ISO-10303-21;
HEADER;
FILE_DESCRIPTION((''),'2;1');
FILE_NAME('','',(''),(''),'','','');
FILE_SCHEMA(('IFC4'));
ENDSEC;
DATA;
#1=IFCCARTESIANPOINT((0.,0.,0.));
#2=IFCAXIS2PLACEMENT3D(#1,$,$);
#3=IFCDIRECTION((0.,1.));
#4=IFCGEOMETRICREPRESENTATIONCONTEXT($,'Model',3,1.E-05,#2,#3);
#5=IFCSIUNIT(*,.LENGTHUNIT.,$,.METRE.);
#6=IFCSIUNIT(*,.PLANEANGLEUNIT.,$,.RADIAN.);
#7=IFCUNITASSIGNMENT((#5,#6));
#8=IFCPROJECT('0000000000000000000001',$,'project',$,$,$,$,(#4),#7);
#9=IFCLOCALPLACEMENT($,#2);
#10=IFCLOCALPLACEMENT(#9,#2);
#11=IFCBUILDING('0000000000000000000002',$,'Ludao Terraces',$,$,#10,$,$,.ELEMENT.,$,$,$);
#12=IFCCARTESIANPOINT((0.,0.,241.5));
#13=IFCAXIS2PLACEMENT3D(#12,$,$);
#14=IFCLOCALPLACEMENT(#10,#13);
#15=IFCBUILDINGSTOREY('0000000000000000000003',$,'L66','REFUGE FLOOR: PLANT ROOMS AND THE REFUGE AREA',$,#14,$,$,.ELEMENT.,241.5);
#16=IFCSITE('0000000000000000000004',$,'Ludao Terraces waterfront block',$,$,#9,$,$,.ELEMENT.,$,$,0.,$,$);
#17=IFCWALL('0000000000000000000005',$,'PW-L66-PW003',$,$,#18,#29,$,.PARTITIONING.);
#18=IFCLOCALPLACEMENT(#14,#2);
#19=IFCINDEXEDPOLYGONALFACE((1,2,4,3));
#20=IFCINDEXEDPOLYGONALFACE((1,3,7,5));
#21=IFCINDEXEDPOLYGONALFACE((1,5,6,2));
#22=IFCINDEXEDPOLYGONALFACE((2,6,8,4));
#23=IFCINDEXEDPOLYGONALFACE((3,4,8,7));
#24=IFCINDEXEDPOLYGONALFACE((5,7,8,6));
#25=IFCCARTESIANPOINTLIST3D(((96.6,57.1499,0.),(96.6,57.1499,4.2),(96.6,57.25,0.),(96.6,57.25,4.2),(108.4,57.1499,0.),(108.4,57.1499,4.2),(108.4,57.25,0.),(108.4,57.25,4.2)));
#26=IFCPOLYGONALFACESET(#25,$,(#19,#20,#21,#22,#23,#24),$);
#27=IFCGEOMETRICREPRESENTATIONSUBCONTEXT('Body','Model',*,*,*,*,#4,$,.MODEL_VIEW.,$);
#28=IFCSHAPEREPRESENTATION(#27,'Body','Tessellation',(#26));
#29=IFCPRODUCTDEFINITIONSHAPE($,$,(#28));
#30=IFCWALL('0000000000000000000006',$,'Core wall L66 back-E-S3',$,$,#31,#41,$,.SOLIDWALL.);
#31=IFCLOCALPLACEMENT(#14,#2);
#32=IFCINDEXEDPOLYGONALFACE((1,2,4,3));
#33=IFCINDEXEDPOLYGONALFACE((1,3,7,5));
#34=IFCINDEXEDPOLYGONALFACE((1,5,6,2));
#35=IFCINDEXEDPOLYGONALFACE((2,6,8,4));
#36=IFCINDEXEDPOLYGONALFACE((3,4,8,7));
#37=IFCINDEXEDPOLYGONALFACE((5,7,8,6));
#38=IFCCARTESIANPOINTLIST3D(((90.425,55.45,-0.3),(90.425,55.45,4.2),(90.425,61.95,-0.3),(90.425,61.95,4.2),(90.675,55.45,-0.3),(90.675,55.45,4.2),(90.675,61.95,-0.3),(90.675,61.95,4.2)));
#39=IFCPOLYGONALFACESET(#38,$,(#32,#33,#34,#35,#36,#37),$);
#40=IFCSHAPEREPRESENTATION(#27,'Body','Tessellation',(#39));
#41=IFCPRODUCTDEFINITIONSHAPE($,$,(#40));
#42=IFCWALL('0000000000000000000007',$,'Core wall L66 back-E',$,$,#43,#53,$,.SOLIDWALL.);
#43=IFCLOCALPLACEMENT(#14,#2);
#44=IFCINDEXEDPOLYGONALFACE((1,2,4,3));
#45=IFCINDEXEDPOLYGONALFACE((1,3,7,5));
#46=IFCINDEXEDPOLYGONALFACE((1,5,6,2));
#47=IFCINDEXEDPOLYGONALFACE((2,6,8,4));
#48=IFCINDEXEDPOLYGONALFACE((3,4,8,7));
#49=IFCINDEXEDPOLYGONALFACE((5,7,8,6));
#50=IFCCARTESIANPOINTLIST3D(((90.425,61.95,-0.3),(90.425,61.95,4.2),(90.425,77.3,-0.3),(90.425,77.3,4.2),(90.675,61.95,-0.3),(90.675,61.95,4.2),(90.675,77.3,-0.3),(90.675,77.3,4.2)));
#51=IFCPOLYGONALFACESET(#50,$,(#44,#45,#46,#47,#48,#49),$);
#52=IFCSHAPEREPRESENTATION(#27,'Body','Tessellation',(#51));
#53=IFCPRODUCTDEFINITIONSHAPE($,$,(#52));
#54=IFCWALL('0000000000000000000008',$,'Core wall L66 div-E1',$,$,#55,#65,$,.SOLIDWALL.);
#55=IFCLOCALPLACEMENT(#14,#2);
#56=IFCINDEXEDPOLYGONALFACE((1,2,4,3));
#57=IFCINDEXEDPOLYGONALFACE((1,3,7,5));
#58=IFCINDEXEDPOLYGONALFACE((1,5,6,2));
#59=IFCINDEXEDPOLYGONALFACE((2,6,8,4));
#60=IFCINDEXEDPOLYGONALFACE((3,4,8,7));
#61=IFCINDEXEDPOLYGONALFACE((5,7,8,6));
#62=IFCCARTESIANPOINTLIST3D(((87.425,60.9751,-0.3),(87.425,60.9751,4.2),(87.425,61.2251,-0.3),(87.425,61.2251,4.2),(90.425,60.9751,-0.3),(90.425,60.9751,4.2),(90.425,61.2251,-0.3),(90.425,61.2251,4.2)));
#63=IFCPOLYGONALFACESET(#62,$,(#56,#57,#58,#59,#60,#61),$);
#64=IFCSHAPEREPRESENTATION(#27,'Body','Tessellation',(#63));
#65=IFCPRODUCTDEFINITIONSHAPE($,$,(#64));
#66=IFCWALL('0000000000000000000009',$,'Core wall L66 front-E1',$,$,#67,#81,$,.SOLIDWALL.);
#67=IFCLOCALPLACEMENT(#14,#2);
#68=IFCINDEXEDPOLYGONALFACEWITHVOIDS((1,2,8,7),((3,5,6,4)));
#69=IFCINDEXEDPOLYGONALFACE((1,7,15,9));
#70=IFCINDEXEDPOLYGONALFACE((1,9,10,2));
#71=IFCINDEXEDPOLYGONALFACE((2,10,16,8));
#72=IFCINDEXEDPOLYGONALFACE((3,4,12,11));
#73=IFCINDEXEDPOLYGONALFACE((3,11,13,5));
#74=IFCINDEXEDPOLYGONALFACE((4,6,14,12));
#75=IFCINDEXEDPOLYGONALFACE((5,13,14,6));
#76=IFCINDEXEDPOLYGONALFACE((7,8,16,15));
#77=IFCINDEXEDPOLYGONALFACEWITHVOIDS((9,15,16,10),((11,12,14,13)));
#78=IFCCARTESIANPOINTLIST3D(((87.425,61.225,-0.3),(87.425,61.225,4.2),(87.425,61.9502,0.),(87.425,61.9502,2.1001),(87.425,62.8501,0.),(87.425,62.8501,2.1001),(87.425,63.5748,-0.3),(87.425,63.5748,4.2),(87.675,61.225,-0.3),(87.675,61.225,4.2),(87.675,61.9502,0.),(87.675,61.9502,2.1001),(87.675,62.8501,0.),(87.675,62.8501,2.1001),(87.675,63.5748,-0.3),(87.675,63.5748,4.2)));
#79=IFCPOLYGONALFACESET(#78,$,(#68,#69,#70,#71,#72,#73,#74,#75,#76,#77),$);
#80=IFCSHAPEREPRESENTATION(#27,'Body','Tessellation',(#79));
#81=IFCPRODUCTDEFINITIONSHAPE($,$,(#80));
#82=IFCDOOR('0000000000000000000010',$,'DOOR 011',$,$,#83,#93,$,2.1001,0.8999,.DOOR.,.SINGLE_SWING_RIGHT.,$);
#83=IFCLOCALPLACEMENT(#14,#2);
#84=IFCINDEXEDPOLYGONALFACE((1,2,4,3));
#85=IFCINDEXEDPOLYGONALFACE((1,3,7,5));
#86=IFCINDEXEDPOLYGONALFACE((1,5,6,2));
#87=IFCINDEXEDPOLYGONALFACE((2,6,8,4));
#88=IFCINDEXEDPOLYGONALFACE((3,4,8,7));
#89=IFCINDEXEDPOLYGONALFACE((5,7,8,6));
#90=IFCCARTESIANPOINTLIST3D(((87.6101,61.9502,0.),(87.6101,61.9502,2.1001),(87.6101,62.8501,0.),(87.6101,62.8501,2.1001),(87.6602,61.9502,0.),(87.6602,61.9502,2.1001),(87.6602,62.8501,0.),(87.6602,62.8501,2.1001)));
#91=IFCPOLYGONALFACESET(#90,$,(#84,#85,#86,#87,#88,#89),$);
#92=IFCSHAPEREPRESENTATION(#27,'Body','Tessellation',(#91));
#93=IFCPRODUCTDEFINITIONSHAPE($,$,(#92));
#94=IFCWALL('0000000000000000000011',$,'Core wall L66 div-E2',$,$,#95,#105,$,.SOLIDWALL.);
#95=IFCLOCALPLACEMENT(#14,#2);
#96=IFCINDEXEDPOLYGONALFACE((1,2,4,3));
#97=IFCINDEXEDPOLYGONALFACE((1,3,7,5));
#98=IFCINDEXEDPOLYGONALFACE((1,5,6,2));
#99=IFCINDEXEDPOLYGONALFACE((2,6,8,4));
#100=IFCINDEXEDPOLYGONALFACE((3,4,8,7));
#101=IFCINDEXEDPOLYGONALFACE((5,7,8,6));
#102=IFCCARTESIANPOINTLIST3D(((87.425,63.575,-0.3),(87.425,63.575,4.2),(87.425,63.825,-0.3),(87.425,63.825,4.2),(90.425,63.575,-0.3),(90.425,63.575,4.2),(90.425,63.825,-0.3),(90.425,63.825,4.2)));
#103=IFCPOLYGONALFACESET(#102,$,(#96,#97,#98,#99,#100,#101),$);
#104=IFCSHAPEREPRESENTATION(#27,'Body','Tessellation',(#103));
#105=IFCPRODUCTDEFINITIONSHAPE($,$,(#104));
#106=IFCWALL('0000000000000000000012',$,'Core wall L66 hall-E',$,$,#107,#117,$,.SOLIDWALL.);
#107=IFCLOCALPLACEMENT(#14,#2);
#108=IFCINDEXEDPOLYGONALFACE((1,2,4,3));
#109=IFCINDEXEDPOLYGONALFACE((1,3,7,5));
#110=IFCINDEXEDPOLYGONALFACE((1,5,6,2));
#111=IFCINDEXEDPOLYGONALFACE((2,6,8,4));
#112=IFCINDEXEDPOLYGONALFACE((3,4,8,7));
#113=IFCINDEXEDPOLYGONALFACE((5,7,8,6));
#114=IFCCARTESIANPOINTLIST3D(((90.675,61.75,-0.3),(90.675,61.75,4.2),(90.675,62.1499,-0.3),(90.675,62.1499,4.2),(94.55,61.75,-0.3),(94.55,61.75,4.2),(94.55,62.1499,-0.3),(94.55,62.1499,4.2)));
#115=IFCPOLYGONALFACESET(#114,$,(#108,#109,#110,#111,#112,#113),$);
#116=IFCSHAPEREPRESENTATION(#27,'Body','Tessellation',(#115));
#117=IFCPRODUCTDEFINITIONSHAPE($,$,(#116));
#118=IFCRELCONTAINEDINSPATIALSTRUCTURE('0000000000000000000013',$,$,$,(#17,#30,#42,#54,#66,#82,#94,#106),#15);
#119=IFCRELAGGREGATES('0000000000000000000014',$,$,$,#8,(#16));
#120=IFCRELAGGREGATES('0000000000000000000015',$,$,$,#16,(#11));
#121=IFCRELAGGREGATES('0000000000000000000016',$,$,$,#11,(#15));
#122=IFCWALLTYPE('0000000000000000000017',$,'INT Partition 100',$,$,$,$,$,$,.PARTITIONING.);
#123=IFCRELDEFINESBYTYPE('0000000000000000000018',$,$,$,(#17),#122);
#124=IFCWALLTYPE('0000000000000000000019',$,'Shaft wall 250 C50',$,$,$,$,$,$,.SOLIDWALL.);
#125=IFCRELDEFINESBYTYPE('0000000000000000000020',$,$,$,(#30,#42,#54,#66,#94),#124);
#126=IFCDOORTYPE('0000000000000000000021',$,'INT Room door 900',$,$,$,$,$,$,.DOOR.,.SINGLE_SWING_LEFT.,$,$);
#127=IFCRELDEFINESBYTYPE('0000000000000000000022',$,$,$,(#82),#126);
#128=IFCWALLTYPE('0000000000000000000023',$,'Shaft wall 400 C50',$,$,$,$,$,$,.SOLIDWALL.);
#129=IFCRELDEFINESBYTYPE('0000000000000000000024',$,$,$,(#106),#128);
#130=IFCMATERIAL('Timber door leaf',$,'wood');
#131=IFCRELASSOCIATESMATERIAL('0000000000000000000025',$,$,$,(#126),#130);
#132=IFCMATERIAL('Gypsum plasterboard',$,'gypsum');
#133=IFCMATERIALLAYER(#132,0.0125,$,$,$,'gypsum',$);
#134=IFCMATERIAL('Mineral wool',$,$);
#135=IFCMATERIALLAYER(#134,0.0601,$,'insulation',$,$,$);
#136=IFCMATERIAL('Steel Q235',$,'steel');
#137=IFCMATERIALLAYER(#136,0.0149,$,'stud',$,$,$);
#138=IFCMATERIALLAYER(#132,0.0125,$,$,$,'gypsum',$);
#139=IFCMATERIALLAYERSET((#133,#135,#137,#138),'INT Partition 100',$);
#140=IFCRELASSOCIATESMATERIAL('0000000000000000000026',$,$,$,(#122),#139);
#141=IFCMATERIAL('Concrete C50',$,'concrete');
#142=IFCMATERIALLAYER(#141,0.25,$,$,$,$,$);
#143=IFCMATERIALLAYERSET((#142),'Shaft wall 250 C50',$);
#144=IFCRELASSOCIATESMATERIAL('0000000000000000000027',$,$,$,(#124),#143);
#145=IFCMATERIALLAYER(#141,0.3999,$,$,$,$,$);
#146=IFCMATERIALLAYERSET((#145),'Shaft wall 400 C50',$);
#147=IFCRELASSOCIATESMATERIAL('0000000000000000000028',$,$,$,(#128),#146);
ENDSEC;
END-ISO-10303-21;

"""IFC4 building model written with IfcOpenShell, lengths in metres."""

from ifc_helpers import new_model, si_unit, direction, frame, frame_2d, origin, place, context, subcontext, project, spatial, rectangle, extrude, material, layer, layer_set, type_object, element, fill, save


model = new_model("IFC4")

# Units and contexts
model_context = context("Model", 3, precision=1e-05, world=origin(), true_north=direction((0.0, 1.0)))
body_context = subcontext(model_context, "Body", "Model", "MODEL_VIEW")
ifc_project = project(units=[si_unit("LENGTHUNIT", "METRE"), si_unit("PLANEANGLEUNIT", "RADIAN")], contexts=[model_context])

# Site, building, storey
site_placement = place(None, origin())
site = spatial("IfcSite", under=ifc_project, at=site_placement, Name="Ludao Terraces waterfront block", CompositionType="ELEMENT", RefElevation=0.0)
building_placement = place(site_placement, origin())
building = spatial("IfcBuilding", under=site, at=building_placement, Name="Ludao Terraces", CompositionType="ELEMENT")
storey_placement = place(building_placement, frame((0.0, 0.0, 241.5)))
storey = spatial("IfcBuildingStorey", under=building, at=storey_placement, Name="L66", Description="REFUGE FLOOR: PLANT ROOMS AND THE REFUGE AREA", CompositionType="ELEMENT", Elevation=241.5)

# Shared definitions
ifc_material_1 = material(Name="Concrete C50", Category="concrete")
ifc_material_2 = material(Name="Steel Q235", Category="steel")
ifc_material_3 = material(Name="Timber door leaf", Category="wood")
door_type_1 = type_object("IfcDoorType", Name="INT Room door 900", OperationType="SINGLE_SWING_LEFT", PredefinedType="DOOR", material=ifc_material_3)

# Shared definitions
ifc_material_4 = material(Name="Mineral wool")

# Walls
ifc_material_5 = material(Name="Gypsum plasterboard", Category="gypsum")
ifc_layer_1 = layer(ifc_material_5, 0.0125, Category="gypsum")
ifc_layer_2 = layer(ifc_material_4, 0.0601, Name="insulation")
ifc_layer_3 = layer(ifc_material_2, 0.0149, Name="stud")
ifc_layer_4 = layer(ifc_material_5, 0.0125, Category="gypsum")
ifc_layer_set_1 = layer_set([ifc_layer_1, ifc_layer_2, ifc_layer_3, ifc_layer_4], Name="INT Partition 100")
wall_type_1 = type_object("IfcWallType", Name="INT Partition 100", PredefinedType="PARTITIONING", material=ifc_layer_set_1)
wall_1_placement = place(storey_placement, frame((96.6001, 57.2, 0.0), z_axis=(0.0, 0.0, 1.0), x_axis=(1.0, 0.0, 0.0)))
element("IfcWall", 1, at=wall_1_placement, inside=storey, type_object=wall_type_1, Name="PW-L66-PW003", PredefinedType="PARTITIONING", context=body_context, shape_type="SweptSolid", body=[
    extrude(rectangle(XDim=11.8, YDim=0.1001, at=frame_2d((5.8999, 0.0))), origin(), (0.0, 0.0, 1.0), 4.2),
])
ifc_layer_5 = layer(ifc_material_1, 0.25)
ifc_layer_set_2 = layer_set([ifc_layer_5], Name="Shaft wall 250 C50")
wall_type_2 = type_object("IfcWallType", Name="Shaft wall 250 C50", PredefinedType="SOLIDWALL", material=ifc_layer_set_2)
wall_2_placement = place(storey_placement, frame((90.55, 55.45, -0.3), z_axis=(0.0, 0.0, 1.0), x_axis=(0.0, 1.0, 0.0)))
element("IfcWall", 2, at=wall_2_placement, inside=storey, type_object=wall_type_2, Name="Core wall L66 back-E-S3", PredefinedType="SOLIDWALL", context=body_context, shape_type="SweptSolid", body=[
    extrude(rectangle(XDim=6.5, YDim=0.25, at=frame_2d((3.25, 0.0))), origin(), (0.0, 0.0, 1.0), 4.5),
])
wall_3_placement = place(storey_placement, frame((90.55, 61.95, -0.3), z_axis=(0.0, 0.0, 1.0), x_axis=(0.0, 1.0, 0.0)))
element("IfcWall", 3, at=wall_3_placement, inside=storey, type_object=wall_type_2, Name="Core wall L66 back-E", PredefinedType="SOLIDWALL", context=body_context, shape_type="SweptSolid", body=[
    extrude(rectangle(XDim=15.3501, YDim=0.25, at=frame_2d((7.675, 0.0))), origin(), (0.0, 0.0, 1.0), 4.5),
])
wall_4_placement = place(storey_placement, frame((87.425, 61.1001, -0.3), z_axis=(0.0, 0.0, 1.0), x_axis=(1.0, 0.0, 0.0)))
element("IfcWall", 4, at=wall_4_placement, inside=storey, type_object=wall_type_2, Name="Core wall L66 div-E1", PredefinedType="SOLIDWALL", context=body_context, shape_type="SweptSolid", body=[
    extrude(rectangle(XDim=3.0, YDim=0.25, at=frame_2d((1.5, 0.0))), origin(), (0.0, 0.0, 1.0), 4.5),
])

# Wall, opening, door
wall_5_placement = place(storey_placement, frame((87.55, 61.2251, -0.3), z_axis=(0.0, 0.0, 1.0), x_axis=(0.0, 1.0, 0.0)))
wall_5 = element("IfcWall", 5, at=wall_5_placement, inside=storey, type_object=wall_type_2, Name="Core wall L66 front-E1", PredefinedType="SOLIDWALL", context=body_context, shape_type="SweptSolid", body=[
    extrude(rectangle(XDim=2.3499, YDim=0.25, at=frame_2d((1.1748, 0.0))), origin(), (0.0, 0.0, 1.0), 4.5),
])
opening_1_placement = place(wall_5_placement, frame((0.7251, 0.0, 0.3)))
opening_1 = element("IfcOpeningElement", 6, at=opening_1_placement, cuts=wall_5, PredefinedType="OPENING", context=body_context, shape_type="SweptSolid", body=[
    extrude(rectangle(XDim=0.8999, YDim=2.1001, at=frame_2d((0.45, 1.05))), frame((0.0, 0.135, 0.0), z_axis=(0.0, -1.0, 0.0), x_axis=(1.0, 0.0, 0.0)), (0.0, 0.0, 1.0), 0.27),
])
door_1_placement = place(opening_1_placement, origin())
door_1 = element("IfcDoor", 7, at=door_1_placement, inside=storey, type_object=door_type_1, Name="DOOR 011", OperationType="SINGLE_SWING_RIGHT", OverallHeight=2.1001, OverallWidth=0.8999, PredefinedType="DOOR", context=body_context, shape_type="SweptSolid", body=[
    extrude(rectangle(XDim=0.8999, YDim=2.1001, at=frame_2d((0.45, 1.05))), frame((0.0, -0.0601, 0.0), z_axis=(0.0, -1.0, 0.0), x_axis=(1.0, 0.0, 0.0)), (0.0, 0.0, 1.0), 0.05),
])
fill(opening_1, door_1)

# Walls
wall_6_placement = place(storey_placement, frame((87.425, 63.7, -0.3), z_axis=(0.0, 0.0, 1.0), x_axis=(1.0, 0.0, 0.0)))
element("IfcWall", 8, at=wall_6_placement, inside=storey, type_object=wall_type_2, Name="Core wall L66 div-E2", PredefinedType="SOLIDWALL", context=body_context, shape_type="SweptSolid", body=[
    extrude(rectangle(XDim=3.0, YDim=0.25, at=frame_2d((1.5, 0.0))), origin(), (0.0, 0.0, 1.0), 4.5),
])
ifc_layer_6 = layer(ifc_material_1, 0.3999)
ifc_layer_set_3 = layer_set([ifc_layer_6], Name="Shaft wall 400 C50")
wall_type_3 = type_object("IfcWallType", Name="Shaft wall 400 C50", PredefinedType="SOLIDWALL", material=ifc_layer_set_3)
wall_7_placement = place(storey_placement, frame((90.675, 61.95, -0.3), z_axis=(0.0, 0.0, 1.0), x_axis=(1.0, 0.0, 0.0)))
element("IfcWall", 9, at=wall_7_placement, inside=storey, type_object=wall_type_3, Name="Core wall L66 hall-E", PredefinedType="SOLIDWALL", context=body_context, shape_type="SweptSolid", body=[
    extrude(rectangle(XDim=3.875, YDim=0.3999, at=frame_2d((1.9375, 0.0))), origin(), (0.0, 0.0, 1.0), 4.5),
])

save(model, "model.ifc")
